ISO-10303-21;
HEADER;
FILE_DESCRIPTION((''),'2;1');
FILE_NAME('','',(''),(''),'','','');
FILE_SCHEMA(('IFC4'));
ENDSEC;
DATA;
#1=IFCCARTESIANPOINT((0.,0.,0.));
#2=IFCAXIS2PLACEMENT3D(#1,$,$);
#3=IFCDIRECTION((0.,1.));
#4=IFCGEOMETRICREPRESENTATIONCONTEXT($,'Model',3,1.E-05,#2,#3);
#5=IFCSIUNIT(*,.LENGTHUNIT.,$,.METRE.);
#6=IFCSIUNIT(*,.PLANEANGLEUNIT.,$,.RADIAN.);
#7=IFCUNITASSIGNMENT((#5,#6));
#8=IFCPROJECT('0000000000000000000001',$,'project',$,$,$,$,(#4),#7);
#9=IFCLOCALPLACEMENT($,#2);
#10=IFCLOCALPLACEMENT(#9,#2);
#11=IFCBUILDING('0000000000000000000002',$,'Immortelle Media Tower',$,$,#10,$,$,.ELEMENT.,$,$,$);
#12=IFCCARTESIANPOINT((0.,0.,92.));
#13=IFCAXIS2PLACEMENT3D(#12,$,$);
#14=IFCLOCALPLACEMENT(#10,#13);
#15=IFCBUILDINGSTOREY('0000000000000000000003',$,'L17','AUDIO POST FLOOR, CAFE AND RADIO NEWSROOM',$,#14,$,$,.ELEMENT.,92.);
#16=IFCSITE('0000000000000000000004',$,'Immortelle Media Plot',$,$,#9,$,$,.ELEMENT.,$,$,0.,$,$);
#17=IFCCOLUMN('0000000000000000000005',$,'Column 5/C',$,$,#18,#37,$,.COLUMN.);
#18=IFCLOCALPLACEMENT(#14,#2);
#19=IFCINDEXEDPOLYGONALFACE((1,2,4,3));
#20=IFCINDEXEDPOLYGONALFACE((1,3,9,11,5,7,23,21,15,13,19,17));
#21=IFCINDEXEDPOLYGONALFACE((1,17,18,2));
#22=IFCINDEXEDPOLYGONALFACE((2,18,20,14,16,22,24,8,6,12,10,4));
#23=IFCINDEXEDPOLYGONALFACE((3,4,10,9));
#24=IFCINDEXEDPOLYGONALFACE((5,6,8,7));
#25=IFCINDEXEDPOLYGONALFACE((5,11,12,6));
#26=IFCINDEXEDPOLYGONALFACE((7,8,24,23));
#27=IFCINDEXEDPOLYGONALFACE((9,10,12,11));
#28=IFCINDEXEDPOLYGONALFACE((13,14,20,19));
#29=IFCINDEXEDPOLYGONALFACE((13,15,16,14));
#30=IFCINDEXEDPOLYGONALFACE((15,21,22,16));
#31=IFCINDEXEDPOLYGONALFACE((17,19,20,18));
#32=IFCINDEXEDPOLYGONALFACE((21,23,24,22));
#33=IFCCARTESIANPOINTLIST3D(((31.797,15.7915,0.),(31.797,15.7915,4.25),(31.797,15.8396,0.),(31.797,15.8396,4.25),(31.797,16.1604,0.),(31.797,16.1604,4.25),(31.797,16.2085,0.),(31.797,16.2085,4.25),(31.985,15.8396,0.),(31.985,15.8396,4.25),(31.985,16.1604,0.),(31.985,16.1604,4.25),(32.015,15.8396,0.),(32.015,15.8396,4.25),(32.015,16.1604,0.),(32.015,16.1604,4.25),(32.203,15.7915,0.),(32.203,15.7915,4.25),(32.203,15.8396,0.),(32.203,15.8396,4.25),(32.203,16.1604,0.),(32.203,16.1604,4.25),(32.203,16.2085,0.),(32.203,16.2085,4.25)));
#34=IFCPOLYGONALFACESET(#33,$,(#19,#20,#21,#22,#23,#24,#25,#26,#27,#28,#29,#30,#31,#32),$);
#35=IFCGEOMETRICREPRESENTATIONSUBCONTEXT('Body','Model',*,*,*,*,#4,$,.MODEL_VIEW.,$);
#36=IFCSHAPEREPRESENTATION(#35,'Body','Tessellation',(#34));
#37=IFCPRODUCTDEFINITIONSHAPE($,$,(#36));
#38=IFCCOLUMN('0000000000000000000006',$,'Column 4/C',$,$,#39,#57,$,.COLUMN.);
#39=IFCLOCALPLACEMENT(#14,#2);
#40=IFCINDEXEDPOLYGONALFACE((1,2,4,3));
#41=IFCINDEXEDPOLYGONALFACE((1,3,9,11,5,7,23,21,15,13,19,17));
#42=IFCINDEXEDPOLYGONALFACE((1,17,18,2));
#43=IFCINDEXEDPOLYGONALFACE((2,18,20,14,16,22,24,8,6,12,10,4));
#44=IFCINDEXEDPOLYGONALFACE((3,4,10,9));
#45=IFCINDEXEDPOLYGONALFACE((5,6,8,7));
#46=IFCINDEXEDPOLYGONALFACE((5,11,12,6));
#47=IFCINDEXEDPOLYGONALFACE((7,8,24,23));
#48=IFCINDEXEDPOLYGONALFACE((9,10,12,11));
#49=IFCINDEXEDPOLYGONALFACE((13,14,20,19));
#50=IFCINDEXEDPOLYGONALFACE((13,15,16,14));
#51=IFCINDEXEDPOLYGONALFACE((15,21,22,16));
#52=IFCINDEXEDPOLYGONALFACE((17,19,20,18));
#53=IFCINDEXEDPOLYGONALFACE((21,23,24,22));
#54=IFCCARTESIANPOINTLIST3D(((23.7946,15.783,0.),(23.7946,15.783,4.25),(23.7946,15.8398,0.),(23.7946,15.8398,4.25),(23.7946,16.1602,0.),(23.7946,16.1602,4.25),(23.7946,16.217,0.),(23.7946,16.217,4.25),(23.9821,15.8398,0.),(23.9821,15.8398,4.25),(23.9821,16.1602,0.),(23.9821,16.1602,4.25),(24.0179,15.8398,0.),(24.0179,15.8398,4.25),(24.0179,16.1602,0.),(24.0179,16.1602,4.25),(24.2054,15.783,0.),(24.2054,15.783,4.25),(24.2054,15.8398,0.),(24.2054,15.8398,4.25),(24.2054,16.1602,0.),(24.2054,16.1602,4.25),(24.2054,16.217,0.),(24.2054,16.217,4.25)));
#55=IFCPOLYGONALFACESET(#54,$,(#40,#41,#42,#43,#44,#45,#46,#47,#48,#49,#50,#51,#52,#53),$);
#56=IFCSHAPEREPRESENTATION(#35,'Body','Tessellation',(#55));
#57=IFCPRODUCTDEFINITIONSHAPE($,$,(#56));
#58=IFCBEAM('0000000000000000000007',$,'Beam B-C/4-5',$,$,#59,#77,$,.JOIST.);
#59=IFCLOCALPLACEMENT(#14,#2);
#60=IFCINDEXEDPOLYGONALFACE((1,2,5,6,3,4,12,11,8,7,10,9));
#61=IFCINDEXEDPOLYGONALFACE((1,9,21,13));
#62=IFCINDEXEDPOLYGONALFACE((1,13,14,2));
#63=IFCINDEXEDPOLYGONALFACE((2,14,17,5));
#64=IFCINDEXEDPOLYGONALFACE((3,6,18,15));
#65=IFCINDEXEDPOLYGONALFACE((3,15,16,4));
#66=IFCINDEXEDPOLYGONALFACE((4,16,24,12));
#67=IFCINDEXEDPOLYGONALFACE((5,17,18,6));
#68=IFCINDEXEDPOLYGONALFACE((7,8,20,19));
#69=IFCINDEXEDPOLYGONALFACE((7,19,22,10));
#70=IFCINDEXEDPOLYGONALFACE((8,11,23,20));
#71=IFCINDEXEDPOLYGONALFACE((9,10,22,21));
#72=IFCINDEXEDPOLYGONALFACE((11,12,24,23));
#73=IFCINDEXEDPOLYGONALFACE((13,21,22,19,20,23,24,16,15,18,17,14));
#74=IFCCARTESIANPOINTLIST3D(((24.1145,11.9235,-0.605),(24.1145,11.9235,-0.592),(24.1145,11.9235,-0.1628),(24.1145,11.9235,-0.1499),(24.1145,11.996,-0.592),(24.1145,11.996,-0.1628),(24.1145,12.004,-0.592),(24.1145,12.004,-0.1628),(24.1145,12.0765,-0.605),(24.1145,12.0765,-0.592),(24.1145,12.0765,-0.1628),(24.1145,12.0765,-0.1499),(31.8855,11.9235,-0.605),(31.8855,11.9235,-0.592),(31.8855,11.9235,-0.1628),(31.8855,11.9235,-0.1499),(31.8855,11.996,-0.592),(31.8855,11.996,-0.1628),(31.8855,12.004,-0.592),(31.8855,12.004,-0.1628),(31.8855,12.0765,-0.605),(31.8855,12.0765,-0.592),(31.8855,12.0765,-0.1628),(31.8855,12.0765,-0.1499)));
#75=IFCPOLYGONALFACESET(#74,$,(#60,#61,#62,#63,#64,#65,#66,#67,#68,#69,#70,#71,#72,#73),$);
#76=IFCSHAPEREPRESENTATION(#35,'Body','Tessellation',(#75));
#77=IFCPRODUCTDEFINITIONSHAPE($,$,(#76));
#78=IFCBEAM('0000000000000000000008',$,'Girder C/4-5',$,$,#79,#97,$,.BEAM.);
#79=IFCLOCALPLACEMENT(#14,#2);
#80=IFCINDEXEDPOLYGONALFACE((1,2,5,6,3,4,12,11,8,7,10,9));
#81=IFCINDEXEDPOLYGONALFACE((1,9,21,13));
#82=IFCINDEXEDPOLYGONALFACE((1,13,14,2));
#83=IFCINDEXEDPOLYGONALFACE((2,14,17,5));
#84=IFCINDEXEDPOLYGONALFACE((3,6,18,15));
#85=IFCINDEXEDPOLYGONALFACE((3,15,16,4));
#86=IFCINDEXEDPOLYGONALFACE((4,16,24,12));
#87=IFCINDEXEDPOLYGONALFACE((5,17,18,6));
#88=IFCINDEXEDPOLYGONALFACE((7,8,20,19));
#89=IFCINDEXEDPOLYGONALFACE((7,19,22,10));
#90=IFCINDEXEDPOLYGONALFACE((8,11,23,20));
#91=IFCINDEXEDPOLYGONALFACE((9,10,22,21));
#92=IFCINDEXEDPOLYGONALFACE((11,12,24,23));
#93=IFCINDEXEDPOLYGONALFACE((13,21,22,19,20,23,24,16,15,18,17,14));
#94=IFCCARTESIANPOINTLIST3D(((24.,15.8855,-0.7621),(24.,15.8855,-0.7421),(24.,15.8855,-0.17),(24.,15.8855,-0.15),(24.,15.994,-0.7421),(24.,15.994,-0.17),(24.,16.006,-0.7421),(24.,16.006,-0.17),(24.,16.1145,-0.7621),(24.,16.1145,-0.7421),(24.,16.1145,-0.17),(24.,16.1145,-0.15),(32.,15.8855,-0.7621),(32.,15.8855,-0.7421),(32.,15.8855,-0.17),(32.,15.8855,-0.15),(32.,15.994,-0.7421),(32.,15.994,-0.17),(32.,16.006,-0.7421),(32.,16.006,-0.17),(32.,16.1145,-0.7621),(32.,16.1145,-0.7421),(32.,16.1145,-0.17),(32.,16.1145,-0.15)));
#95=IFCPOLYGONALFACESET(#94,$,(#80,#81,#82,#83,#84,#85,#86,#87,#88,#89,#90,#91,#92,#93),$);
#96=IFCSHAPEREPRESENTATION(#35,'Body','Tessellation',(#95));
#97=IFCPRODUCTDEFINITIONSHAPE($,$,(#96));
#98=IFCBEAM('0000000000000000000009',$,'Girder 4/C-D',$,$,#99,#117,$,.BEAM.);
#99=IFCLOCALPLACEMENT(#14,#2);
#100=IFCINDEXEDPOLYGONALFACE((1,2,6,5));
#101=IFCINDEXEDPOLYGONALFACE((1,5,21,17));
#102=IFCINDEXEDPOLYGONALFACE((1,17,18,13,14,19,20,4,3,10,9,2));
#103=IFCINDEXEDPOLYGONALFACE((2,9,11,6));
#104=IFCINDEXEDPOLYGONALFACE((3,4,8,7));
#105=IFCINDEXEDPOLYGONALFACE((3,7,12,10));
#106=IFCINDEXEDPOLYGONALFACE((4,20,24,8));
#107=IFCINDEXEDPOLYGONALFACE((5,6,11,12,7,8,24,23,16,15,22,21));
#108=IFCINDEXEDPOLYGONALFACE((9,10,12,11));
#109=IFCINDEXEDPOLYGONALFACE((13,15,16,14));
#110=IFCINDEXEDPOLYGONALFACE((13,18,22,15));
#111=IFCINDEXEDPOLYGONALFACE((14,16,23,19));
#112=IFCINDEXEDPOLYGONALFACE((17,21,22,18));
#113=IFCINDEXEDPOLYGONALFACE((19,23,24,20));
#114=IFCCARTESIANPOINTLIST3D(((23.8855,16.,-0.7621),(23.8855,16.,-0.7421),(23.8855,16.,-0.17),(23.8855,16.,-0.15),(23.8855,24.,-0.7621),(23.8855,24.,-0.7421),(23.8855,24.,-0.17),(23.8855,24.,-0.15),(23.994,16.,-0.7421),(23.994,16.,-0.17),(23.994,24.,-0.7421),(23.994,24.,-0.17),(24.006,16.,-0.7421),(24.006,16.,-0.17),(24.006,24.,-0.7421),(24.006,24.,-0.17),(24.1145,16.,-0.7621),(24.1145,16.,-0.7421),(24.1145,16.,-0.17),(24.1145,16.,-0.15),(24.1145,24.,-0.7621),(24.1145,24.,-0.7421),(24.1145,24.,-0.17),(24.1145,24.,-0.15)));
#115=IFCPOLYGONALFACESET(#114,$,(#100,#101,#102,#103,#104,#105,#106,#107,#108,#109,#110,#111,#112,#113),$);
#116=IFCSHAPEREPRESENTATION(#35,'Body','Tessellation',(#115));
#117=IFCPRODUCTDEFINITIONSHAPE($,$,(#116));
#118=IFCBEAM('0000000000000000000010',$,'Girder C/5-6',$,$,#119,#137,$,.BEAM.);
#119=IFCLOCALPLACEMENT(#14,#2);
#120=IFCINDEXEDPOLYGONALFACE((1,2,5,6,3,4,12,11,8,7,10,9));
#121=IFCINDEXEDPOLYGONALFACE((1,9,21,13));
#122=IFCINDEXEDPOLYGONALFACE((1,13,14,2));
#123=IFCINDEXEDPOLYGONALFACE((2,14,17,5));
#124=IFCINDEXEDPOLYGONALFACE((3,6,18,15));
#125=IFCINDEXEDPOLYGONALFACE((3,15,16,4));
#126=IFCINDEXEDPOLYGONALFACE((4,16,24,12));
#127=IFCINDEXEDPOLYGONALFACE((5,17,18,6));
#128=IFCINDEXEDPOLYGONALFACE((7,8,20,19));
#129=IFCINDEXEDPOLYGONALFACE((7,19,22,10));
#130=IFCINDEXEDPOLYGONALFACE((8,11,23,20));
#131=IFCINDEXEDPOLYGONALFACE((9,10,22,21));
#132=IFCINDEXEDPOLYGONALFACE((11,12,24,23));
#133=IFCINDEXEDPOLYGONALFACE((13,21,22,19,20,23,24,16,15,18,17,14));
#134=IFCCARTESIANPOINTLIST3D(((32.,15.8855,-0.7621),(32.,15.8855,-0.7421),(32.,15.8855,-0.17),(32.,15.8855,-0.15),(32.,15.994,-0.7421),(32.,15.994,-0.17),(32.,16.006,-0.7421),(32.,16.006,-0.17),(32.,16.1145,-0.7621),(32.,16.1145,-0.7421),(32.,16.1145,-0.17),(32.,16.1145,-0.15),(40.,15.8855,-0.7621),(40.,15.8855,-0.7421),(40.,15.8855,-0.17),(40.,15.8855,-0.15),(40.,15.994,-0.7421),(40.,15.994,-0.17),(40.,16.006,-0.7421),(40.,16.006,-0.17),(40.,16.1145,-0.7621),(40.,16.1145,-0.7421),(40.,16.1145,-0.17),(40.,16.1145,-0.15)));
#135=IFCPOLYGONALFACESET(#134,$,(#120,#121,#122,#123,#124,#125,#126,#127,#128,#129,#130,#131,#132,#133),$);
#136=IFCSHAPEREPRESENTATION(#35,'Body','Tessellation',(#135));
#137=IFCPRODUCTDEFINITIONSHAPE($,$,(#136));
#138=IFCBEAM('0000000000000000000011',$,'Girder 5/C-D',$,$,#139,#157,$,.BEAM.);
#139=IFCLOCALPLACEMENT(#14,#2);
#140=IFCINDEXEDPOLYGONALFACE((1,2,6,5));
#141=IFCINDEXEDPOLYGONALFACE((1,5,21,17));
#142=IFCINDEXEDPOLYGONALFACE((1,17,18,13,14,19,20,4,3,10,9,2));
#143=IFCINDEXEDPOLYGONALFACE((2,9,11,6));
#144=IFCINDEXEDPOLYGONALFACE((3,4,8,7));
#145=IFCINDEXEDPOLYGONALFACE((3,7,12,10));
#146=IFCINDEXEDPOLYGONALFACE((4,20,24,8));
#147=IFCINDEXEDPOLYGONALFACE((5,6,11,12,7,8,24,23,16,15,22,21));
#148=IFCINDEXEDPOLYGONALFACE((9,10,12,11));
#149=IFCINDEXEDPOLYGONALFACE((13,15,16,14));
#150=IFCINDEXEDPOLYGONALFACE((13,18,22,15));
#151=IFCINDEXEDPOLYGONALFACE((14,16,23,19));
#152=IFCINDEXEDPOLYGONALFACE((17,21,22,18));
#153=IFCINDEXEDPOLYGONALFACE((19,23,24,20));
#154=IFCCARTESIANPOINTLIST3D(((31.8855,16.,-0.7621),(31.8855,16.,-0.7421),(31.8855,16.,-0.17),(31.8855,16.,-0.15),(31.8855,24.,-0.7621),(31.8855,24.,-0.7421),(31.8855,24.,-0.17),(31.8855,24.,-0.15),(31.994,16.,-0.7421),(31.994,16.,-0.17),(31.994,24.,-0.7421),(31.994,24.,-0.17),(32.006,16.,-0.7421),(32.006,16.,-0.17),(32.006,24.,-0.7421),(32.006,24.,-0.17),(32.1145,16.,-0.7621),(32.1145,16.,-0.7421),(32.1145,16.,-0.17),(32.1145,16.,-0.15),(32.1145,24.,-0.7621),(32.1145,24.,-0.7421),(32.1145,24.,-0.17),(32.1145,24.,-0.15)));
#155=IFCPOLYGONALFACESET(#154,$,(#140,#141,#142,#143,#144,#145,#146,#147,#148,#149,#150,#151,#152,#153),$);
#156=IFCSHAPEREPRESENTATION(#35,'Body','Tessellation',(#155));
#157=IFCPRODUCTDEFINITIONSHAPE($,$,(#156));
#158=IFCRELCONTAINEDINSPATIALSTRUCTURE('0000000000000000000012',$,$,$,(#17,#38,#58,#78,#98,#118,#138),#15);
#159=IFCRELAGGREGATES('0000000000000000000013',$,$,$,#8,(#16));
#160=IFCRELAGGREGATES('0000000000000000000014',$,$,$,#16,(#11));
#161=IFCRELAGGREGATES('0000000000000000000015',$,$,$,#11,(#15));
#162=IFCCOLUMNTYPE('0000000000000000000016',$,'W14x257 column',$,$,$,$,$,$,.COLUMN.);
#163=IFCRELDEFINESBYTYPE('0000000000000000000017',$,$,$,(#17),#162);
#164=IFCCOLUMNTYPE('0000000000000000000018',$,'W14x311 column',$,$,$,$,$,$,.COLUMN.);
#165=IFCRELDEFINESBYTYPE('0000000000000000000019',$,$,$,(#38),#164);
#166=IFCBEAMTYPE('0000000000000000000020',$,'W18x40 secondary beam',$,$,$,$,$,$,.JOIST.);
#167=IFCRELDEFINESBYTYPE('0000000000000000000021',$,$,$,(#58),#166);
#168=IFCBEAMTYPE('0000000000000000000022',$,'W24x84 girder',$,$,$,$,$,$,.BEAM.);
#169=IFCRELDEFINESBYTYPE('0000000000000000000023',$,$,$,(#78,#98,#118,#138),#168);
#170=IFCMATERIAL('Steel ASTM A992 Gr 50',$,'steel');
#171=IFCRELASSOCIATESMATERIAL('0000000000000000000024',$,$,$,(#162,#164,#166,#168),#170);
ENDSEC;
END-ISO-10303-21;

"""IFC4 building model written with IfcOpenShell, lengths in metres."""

from ifc_helpers import new_model, si_unit, direction, frame, origin, origin_2d, place, context, subcontext, project, spatial, i_section, extrude, material, material_profile, profile_set, type_object, element, save


model = new_model("IFC4")

# Units and contexts
model_context = context("Model", 3, precision=1e-05, world=origin(), true_north=direction((0.0, 1.0)))
body_context = subcontext(model_context, "Body", "Model", "MODEL_VIEW")
ifc_project = project(units=[si_unit("LENGTHUNIT", "METRE"), si_unit("PLANEANGLEUNIT", "RADIAN")], contexts=[model_context])

# Site, building, storey
site_placement = place(None, origin())
site = spatial("IfcSite", under=ifc_project, at=site_placement, Name="Immortelle Media Plot", CompositionType="ELEMENT", RefElevation=0.0)
building_placement = place(site_placement, origin())
building = spatial("IfcBuilding", under=site, at=building_placement, Name="Immortelle Media Tower", CompositionType="ELEMENT")
storey_placement = place(building_placement, frame((0.0, 0.0, 92.0)))
storey = spatial("IfcBuildingStorey", under=building, at=storey_placement, Name="L17", Description="AUDIO POST FLOOR, CAFE AND RADIO NEWSROOM", CompositionType="ELEMENT", Elevation=92.0)

# Columns
ifc_material_1 = material(Name="Steel ASTM A992 Gr 50", Category="steel")
ifc_material_profile_1 = material_profile(ifc_material_1, i_section(OverallWidth=0.406, OverallDepth=0.417, WebThickness=0.03, FlangeThickness=0.0481, at=origin_2d()), Name="W14x257")
ifc_profile_set_1 = profile_set([ifc_material_profile_1], Name="Steel ASTM A992 Gr 50")
column_type_1 = type_object("IfcColumnType", Name="W14x257 column", PredefinedType="COLUMN", material=ifc_profile_set_1)
column_1_placement = place(storey_placement, frame((32.0, 16.0, 0.0), z_axis=(0.0, 0.0, 1.0), x_axis=(1.0, 0.0, 0.0)))
element("IfcColumn", 1, at=column_1_placement, inside=storey, type_object=column_type_1, Name="Column 5/C", PredefinedType="COLUMN", context=body_context, shape_type="SweptSolid", body=[
    extrude(i_section(OverallWidth=0.406, OverallDepth=0.417, WebThickness=0.03, FlangeThickness=0.0481, at=origin_2d()), origin(), (0.0, 0.0, 1.0), 4.25),
])
ifc_material_profile_2 = material_profile(ifc_material_1, i_section(OverallWidth=0.4109, OverallDepth=0.4341, WebThickness=0.0359, FlangeThickness=0.0569, at=origin_2d()), Name="W14x311")
ifc_profile_set_2 = profile_set([ifc_material_profile_2], Name="Steel ASTM A992 Gr 50")
column_type_2 = type_object("IfcColumnType", Name="W14x311 column", PredefinedType="COLUMN", material=ifc_profile_set_2)
column_2_placement = place(storey_placement, frame((24.0, 16.0, 0.0), z_axis=(0.0, 0.0, 1.0), x_axis=(1.0, 0.0, 0.0)))
element("IfcColumn", 2, at=column_2_placement, inside=storey, type_object=column_type_2, Name="Column 4/C", PredefinedType="COLUMN", context=body_context, shape_type="SweptSolid", body=[
    extrude(i_section(OverallWidth=0.4109, OverallDepth=0.4341, WebThickness=0.0359, FlangeThickness=0.0569, at=origin_2d()), origin(), (0.0, 0.0, 1.0), 4.25),
])

# Beams
ifc_material_profile_3 = material_profile(ifc_material_1, i_section(OverallWidth=0.1531, OverallDepth=0.4551, WebThickness=0.0081, FlangeThickness=0.0129, at=origin_2d()), Name="W18x40")
ifc_profile_set_3 = profile_set([ifc_material_profile_3], Name="Steel ASTM A992 Gr 50")
beam_type_1 = type_object("IfcBeamType", Name="W18x40 secondary beam", PredefinedType="JOIST", material=ifc_profile_set_3)
beam_placement = place(storey_placement, frame((24.1145, 12.0, -0.3774), z_axis=(1.0, 0.0, 0.0), x_axis=(0.0, 1.0, 0.0)))
element("IfcBeam", 3, at=beam_placement, inside=storey, type_object=beam_type_1, Name="Beam B-C/4-5", PredefinedType="JOIST", context=body_context, shape_type="SweptSolid", body=[
    extrude(i_section(OverallWidth=0.1531, OverallDepth=0.4551, WebThickness=0.0081, FlangeThickness=0.0129, at=origin_2d()), origin(), (0.0, 0.0, 1.0), 7.771),
])
ifc_material_profile_4 = material_profile(ifc_material_1, i_section(OverallWidth=0.229, OverallDepth=0.6121, WebThickness=0.012, FlangeThickness=0.02, at=origin_2d()), Name="W24x84")
ifc_profile_set_4 = profile_set([ifc_material_profile_4], Name="Steel ASTM A992 Gr 50")
beam_type_2 = type_object("IfcBeamType", Name="W24x84 girder", PredefinedType="BEAM", material=ifc_profile_set_4)
for number, where, z_axis, x_axis, name in (
    (4, (24.0, 16.0, -0.4561), (1.0, 0.0, 0.0), (0.0, 1.0, 0.0), "Girder C/4-5"),
    (5, (24.0, 16.0, -0.4561), (0.0, 1.0, 0.0), (-1.0, 0.0, 0.0), "Girder 4/C-D"),
    (6, (32.0, 16.0, -0.4561), (1.0, 0.0, 0.0), (0.0, 1.0, 0.0), "Girder C/5-6"),
    (7, (32.0, 16.0, -0.4561), (0.0, 1.0, 0.0), (-1.0, 0.0, 0.0), "Girder 5/C-D"),
):
    element("IfcBeam", number, at=place(storey_placement, frame(where, z_axis=z_axis, x_axis=x_axis)), inside=storey, type_object=beam_type_2, Name=name, PredefinedType="BEAM", context=body_context, shape_type="SweptSolid", body=[
        extrude(i_section(OverallWidth=0.229, OverallDepth=0.6121, WebThickness=0.012, FlangeThickness=0.02, at=origin_2d()), origin(), (0.0, 0.0, 1.0), 8.0),
    ])

save(model, "model.ifc")
